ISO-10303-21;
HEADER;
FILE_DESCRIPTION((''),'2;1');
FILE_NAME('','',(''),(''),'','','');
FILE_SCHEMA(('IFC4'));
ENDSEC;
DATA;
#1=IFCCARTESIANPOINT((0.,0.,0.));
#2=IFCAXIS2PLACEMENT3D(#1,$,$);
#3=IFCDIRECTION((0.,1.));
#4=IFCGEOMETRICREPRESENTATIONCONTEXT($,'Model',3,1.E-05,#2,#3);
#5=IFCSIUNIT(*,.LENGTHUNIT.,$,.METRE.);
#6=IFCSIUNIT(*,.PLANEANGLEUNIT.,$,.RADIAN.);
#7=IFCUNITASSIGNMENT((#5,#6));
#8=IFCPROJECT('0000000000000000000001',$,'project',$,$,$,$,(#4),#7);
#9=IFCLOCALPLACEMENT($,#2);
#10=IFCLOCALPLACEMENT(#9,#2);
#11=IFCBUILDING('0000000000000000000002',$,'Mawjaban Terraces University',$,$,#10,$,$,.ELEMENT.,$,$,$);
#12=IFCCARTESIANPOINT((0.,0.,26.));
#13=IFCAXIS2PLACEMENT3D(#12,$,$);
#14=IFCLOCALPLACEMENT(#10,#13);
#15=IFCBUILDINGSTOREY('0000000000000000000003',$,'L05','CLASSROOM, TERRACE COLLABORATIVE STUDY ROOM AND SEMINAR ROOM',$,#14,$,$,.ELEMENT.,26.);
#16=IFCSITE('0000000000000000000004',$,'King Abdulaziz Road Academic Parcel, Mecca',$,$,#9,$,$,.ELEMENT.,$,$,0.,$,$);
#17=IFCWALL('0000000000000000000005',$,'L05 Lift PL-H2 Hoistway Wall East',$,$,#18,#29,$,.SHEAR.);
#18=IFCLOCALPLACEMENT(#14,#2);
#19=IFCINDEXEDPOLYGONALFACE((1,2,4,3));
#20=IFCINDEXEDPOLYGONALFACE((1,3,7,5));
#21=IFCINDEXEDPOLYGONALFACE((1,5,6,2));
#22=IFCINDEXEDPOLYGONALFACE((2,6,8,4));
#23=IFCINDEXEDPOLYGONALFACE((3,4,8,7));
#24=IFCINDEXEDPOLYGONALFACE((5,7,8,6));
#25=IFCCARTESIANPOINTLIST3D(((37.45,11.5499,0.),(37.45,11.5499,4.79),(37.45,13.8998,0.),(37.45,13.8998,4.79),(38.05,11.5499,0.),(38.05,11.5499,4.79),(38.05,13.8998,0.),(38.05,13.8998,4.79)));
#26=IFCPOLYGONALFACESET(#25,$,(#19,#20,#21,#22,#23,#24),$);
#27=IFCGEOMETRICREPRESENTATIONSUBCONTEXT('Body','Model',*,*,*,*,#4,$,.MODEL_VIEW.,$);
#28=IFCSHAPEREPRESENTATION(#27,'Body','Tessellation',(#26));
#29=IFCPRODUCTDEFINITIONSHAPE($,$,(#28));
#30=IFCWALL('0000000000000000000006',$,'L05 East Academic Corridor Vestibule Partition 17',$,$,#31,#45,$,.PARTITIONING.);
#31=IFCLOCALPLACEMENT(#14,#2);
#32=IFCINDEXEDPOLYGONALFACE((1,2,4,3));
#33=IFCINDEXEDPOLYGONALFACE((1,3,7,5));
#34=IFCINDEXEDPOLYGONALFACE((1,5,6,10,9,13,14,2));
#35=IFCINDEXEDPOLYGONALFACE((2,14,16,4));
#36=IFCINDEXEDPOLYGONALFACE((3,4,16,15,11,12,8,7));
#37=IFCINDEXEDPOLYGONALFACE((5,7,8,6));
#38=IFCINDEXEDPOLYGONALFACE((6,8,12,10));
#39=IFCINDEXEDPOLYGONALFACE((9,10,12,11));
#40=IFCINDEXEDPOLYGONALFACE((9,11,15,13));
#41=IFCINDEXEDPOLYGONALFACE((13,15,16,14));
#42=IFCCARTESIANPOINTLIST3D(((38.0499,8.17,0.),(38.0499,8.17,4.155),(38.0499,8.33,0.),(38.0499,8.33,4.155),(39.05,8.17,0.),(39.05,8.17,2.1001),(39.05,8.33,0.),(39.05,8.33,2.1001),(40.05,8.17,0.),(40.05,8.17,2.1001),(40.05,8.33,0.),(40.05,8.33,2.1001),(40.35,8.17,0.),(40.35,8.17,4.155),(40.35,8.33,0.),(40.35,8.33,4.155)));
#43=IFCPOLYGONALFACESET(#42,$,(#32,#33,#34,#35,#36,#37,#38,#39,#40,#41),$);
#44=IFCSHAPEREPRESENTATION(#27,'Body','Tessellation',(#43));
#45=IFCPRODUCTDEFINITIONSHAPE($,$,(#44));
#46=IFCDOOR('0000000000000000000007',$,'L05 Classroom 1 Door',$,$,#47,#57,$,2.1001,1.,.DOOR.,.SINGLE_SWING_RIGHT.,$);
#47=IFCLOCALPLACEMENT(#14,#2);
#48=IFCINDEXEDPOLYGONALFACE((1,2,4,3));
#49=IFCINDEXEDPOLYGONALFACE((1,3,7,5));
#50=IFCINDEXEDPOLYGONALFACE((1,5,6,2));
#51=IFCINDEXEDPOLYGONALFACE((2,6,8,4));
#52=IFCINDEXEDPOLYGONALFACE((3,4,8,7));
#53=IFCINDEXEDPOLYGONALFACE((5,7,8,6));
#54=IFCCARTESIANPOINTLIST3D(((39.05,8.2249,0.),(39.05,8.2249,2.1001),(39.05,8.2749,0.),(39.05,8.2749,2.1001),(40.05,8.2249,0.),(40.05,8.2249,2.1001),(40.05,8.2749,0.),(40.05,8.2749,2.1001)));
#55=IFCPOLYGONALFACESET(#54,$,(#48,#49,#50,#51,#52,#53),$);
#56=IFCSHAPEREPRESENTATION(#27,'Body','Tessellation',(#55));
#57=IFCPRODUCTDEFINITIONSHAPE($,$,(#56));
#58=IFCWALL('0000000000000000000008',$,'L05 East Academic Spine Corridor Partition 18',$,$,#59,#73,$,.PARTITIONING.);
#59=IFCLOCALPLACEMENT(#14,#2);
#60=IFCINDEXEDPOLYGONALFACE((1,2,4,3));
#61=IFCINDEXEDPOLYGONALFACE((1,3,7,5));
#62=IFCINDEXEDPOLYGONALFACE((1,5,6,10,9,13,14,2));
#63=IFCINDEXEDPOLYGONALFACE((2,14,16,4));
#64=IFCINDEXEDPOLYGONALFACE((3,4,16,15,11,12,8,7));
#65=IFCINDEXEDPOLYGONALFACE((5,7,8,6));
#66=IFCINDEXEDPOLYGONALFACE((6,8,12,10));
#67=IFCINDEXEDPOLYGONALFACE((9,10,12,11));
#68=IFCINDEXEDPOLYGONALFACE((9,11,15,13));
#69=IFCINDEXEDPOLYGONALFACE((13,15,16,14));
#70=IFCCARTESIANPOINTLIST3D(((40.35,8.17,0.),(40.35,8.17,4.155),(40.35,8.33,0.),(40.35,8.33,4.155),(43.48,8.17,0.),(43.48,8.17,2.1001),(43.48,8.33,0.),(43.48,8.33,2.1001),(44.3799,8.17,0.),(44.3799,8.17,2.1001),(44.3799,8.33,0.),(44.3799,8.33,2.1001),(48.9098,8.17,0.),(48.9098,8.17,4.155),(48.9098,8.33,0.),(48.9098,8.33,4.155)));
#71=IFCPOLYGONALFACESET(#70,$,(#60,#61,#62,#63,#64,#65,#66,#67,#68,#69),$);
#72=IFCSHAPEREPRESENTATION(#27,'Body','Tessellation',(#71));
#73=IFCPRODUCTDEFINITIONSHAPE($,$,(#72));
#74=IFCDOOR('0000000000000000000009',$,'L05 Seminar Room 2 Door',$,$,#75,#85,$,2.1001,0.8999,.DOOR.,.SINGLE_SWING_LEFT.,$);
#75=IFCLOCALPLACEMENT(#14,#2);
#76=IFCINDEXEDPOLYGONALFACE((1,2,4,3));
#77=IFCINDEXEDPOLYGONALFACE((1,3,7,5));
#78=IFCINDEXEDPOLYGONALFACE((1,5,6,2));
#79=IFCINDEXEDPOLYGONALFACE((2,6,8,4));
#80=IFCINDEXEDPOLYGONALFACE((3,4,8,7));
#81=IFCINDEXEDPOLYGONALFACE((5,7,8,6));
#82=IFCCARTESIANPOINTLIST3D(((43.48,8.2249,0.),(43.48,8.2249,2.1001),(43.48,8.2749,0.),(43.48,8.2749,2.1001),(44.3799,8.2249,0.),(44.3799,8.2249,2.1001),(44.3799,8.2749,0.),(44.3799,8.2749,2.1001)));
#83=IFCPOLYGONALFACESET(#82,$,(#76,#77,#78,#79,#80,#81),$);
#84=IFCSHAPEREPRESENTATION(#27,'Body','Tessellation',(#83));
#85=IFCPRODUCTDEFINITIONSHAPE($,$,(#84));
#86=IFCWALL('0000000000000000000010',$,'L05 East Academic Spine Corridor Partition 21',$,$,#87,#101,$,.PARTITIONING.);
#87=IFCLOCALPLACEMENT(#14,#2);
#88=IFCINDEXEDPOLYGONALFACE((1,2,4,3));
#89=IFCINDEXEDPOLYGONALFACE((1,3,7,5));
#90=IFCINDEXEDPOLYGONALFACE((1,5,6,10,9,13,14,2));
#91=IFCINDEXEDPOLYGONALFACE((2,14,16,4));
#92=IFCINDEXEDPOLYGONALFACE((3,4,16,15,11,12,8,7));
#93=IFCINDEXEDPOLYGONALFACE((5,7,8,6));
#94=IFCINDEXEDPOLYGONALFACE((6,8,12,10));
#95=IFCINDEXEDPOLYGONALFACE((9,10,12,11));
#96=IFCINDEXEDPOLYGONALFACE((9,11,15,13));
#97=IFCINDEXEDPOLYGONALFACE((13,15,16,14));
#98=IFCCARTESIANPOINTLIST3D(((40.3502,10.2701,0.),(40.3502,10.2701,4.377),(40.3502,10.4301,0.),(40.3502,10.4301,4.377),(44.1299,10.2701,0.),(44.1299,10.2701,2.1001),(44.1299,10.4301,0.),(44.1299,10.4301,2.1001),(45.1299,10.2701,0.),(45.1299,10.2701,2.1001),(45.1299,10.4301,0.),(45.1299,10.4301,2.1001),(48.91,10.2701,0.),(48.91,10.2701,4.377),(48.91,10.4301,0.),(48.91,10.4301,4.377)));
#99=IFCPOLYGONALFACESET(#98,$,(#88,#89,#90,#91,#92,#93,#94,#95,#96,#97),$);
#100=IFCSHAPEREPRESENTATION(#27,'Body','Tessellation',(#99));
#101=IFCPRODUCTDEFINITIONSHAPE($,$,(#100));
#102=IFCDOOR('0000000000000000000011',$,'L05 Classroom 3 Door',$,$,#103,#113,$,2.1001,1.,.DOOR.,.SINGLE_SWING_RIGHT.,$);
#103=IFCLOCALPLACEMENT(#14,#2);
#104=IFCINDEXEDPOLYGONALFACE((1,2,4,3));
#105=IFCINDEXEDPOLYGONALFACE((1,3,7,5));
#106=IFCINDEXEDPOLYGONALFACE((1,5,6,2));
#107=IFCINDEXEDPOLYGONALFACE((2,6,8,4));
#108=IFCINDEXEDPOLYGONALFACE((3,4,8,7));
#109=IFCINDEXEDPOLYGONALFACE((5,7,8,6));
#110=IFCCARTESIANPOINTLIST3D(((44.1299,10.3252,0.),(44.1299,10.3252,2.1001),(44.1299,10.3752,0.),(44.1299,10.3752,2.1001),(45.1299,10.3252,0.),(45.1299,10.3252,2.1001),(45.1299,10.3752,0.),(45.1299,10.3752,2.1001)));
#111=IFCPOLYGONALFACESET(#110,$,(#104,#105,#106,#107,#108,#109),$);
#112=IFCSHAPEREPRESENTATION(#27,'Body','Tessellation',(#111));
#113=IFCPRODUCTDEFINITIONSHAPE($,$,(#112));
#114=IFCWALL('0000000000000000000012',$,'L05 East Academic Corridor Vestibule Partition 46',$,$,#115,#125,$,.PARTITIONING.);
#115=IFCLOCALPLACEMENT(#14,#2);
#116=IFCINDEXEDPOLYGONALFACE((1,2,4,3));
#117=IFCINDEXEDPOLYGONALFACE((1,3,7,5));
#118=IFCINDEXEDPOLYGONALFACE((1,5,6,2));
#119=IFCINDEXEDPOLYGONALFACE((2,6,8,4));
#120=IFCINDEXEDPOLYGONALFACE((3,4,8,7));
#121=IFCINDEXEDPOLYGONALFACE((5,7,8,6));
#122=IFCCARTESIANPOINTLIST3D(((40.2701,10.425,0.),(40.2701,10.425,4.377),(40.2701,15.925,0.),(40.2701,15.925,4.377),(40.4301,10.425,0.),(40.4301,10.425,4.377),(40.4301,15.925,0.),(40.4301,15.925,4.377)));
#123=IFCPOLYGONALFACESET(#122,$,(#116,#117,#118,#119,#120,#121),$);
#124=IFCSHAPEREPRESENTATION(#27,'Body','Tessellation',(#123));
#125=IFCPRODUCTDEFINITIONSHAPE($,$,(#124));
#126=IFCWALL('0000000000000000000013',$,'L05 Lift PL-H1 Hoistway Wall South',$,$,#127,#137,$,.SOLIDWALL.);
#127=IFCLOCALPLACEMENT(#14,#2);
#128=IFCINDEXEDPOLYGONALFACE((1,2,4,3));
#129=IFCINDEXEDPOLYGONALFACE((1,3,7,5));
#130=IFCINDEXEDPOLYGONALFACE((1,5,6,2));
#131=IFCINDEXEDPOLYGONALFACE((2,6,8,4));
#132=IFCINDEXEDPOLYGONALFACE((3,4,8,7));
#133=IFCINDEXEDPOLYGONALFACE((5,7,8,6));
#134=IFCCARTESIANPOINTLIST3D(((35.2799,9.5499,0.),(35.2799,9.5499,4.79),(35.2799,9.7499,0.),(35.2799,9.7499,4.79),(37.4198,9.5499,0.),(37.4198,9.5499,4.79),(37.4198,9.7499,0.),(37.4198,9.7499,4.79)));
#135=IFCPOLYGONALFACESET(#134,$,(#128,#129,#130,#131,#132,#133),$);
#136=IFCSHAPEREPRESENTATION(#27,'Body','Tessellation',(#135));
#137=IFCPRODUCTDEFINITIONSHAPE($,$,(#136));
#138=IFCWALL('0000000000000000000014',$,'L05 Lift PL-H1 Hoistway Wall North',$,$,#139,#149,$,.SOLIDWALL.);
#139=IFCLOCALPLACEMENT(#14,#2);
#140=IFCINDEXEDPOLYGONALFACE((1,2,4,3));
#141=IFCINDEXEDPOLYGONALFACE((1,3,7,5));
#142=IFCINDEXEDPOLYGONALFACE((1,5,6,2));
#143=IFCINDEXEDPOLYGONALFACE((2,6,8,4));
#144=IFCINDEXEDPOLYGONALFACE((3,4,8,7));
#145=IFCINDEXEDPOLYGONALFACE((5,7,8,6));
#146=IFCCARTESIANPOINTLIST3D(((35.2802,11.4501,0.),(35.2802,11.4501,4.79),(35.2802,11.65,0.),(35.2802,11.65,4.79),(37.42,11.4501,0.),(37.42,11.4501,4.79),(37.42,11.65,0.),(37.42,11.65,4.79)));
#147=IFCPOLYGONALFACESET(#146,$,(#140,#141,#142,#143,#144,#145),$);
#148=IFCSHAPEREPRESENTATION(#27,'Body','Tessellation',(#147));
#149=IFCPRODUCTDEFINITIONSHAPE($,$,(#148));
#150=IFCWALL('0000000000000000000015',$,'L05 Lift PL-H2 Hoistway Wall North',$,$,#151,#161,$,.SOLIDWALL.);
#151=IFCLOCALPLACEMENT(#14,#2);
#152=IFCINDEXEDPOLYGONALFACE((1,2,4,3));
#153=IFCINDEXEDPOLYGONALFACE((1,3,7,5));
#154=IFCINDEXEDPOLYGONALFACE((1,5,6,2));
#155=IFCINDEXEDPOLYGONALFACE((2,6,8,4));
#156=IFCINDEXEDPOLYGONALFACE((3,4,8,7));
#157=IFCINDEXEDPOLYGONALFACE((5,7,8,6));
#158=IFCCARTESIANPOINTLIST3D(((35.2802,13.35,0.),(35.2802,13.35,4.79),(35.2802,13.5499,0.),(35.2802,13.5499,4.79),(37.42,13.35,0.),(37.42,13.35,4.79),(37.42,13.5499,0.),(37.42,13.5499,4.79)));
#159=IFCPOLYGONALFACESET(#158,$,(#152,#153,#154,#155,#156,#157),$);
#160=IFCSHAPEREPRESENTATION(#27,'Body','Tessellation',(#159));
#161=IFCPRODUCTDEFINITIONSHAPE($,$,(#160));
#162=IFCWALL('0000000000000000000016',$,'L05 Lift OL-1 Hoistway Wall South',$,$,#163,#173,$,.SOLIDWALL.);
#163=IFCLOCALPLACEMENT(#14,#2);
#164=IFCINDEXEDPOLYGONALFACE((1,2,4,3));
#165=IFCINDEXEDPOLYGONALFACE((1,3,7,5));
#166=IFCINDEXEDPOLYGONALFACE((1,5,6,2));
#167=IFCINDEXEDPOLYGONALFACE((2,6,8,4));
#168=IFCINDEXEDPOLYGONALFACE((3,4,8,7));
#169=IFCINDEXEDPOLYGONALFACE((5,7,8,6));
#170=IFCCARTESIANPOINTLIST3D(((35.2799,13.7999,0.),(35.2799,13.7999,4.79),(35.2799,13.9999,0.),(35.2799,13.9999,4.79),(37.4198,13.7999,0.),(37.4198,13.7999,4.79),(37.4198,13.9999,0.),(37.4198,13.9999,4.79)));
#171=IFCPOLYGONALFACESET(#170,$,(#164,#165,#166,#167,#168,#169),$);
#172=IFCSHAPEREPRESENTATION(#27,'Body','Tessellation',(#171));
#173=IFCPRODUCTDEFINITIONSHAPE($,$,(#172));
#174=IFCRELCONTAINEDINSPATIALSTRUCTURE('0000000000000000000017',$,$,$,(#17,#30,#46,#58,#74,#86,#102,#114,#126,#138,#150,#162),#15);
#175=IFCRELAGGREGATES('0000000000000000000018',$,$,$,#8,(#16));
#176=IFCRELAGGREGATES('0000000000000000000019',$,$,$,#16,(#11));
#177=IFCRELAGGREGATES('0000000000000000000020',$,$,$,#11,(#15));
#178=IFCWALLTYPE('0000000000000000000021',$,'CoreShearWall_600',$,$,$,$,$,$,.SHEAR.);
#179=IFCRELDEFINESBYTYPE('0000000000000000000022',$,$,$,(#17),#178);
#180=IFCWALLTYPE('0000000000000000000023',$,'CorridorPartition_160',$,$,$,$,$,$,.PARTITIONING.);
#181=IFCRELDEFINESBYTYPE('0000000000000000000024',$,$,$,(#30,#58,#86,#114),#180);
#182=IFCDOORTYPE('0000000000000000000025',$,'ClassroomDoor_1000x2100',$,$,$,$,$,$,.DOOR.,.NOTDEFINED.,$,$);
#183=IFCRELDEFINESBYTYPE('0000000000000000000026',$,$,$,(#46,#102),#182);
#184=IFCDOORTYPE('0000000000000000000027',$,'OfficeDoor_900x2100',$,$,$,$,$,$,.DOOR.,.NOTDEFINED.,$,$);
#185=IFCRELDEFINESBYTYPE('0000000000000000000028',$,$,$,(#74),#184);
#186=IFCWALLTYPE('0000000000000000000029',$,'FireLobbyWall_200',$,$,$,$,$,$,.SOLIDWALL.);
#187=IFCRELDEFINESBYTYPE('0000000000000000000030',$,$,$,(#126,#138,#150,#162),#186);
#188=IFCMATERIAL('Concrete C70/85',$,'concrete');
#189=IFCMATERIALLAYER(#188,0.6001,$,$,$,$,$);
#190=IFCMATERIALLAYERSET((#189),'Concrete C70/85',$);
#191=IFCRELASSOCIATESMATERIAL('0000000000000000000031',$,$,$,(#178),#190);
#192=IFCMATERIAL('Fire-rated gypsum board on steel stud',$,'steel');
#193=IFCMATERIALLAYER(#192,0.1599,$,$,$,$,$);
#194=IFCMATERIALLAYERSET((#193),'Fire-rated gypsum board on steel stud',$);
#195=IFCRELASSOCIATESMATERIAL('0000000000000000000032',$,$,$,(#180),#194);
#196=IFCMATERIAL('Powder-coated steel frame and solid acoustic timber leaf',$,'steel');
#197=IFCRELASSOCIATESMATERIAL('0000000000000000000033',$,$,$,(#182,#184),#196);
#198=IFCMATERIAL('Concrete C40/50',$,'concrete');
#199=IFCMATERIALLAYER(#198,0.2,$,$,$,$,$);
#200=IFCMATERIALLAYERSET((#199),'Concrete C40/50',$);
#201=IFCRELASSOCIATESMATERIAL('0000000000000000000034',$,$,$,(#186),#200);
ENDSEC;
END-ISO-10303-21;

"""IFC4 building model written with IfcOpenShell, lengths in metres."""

from ifc_helpers import new_model, si_unit, direction, frame, frame_2d, origin, place, context, subcontext, project, spatial, rectangle, extrude, material, layer, layer_set, type_object, element, fill, save


model = new_model("IFC4")

# Units and contexts
model_context = context("Model", 3, precision=1e-05, world=origin(), true_north=direction((0.0, 1.0)))
body_context = subcontext(model_context, "Body", "Model", "MODEL_VIEW")
ifc_project = project(units=[si_unit("LENGTHUNIT", "METRE"), si_unit("PLANEANGLEUNIT", "RADIAN")], contexts=[model_context])

# Site, building, storey
site_placement = place(None, origin())
site = spatial("IfcSite", under=ifc_project, at=site_placement, Name="King Abdulaziz Road Academic Parcel, Mecca", CompositionType="ELEMENT", RefElevation=0.0)
building_placement = place(site_placement, origin())
building = spatial("IfcBuilding", under=site, at=building_placement, Name="Mawjaban Terraces University", CompositionType="ELEMENT")
storey_placement = place(building_placement, frame((0.0, 0.0, 26.0)))
storey = spatial("IfcBuildingStorey", under=building, at=storey_placement, Name="L05", Description="CLASSROOM, TERRACE COLLABORATIVE STUDY ROOM AND SEMINAR ROOM", CompositionType="ELEMENT", Elevation=26.0)

# Wall
ifc_material_1 = material(Name="Concrete C70/85", Category="concrete")
ifc_layer_1 = layer(ifc_material_1, 0.6001)
ifc_layer_set_1 = layer_set([ifc_layer_1], Name="Concrete C70/85")
wall_type_1 = type_object("IfcWallType", Name="CoreShearWall_600", PredefinedType="SHEAR", material=ifc_layer_set_1)
wall_1_placement = place(storey_placement, frame((37.75, 11.55, 0.0), z_axis=(0.0, 0.0, 1.0), x_axis=(0.0, 1.0, 0.0)))
element("IfcWall", 1, at=wall_1_placement, inside=storey, type_object=wall_type_1, Name="L05 Lift PL-H2 Hoistway Wall East", PredefinedType="SHEAR", context=body_context, shape_type="SweptSolid", body=[
    extrude(rectangle(XDim=2.3499, YDim=0.6001, at=frame_2d((1.1748, 0.0))), origin(), (0.0, 0.0, 1.0), 4.79),
])

# Walls, openings, doors
ifc_material_2 = material(Name="Fire-rated gypsum board on steel stud", Category="steel")
ifc_layer_2 = layer(ifc_material_2, 0.1599)
ifc_layer_set_2 = layer_set([ifc_layer_2], Name="Fire-rated gypsum board on steel stud")
wall_type_2 = type_object("IfcWallType", Name="CorridorPartition_160", PredefinedType="PARTITIONING", material=ifc_layer_set_2)
wall_2_placement = place(storey_placement, frame((38.05, 8.25, 0.0), z_axis=(0.0, 0.0, 1.0), x_axis=(1.0, 0.0, 0.0)))
wall_2 = element("IfcWall", 2, at=wall_2_placement, inside=storey, type_object=wall_type_2, Name="L05 East Academic Corridor Vestibule Partition 17", PredefinedType="PARTITIONING", context=body_context, shape_type="SweptSolid", body=[
    extrude(rectangle(XDim=2.3, YDim=0.1599, at=frame_2d((1.1499, 0.0))), origin(), (0.0, 0.0, 1.0), 4.155),
])
opening_1_placement = place(wall_2_placement, frame((1.0, 0.0, 0.0)))
opening_1 = element("IfcOpeningElement", 3, at=opening_1_placement, cuts=wall_2, PredefinedType="OPENING", context=body_context, shape_type="SweptSolid", body=[
    extrude(rectangle(XDim=1.0, YDim=2.1001, at=frame_2d((0.5, 1.05))), frame((0.0, 0.0898, 0.0), z_axis=(0.0, -1.0, 0.0), x_axis=(1.0, 0.0, 0.0)), (0.0, 0.0, 1.0), 0.1799),
])
ifc_material_3 = material(Name="Powder-coated steel frame and solid acoustic timber leaf", Category="steel")
door_type_1 = type_object("IfcDoorType", Name="ClassroomDoor_1000x2100", OperationType="NOTDEFINED", PredefinedType="DOOR", material=ifc_material_3)
door_1_placement = place(opening_1_placement, origin())
door_1 = element("IfcDoor", 4, at=door_1_placement, inside=storey, type_object=door_type_1, Name="L05 Classroom 1 Door", OperationType="SINGLE_SWING_RIGHT", OverallHeight=2.1001, OverallWidth=1.0, PredefinedType="DOOR", context=body_context, shape_type="SweptSolid", body=[
    extrude(rectangle(XDim=1.0, YDim=2.1001, at=frame_2d((0.5, 1.05))), frame((0.0, 0.0249, 0.0), z_axis=(0.0, -1.0, 0.0), x_axis=(1.0, 0.0, 0.0)), (0.0, 0.0, 1.0), 0.05),
])
fill(opening_1, door_1)
wall_3_placement = place(storey_placement, frame((40.3501, 8.25, 0.0), z_axis=(0.0, 0.0, 1.0), x_axis=(1.0, 0.0, 0.0)))
wall_3 = element("IfcWall", 5, at=wall_3_placement, inside=storey, type_object=wall_type_2, Name="L05 East Academic Spine Corridor Partition 18", PredefinedType="PARTITIONING", context=body_context, shape_type="SweptSolid", body=[
    extrude(rectangle(XDim=8.5598, YDim=0.1599, at=frame_2d((4.2798, 0.0))), origin(), (0.0, 0.0, 1.0), 4.155),
])
opening_2_placement = place(wall_3_placement, frame((3.1299, 0.0, 0.0)))
opening_2 = element("IfcOpeningElement", 6, at=opening_2_placement, cuts=wall_3, PredefinedType="OPENING", context=body_context, shape_type="SweptSolid", body=[
    extrude(rectangle(XDim=0.8999, YDim=2.1001, at=frame_2d((0.45, 1.05))), frame((0.0, 0.0898, 0.0), z_axis=(0.0, -1.0, 0.0), x_axis=(1.0, 0.0, 0.0)), (0.0, 0.0, 1.0), 0.1799),
])
door_type_2 = type_object("IfcDoorType", Name="OfficeDoor_900x2100", OperationType="NOTDEFINED", PredefinedType="DOOR", material=ifc_material_3)
door_2_placement = place(opening_2_placement, origin())
door_2 = element("IfcDoor", 7, at=door_2_placement, inside=storey, type_object=door_type_2, Name="L05 Seminar Room 2 Door", OperationType="SINGLE_SWING_LEFT", OverallHeight=2.1001, OverallWidth=0.8999, PredefinedType="DOOR", context=body_context, shape_type="SweptSolid", body=[
    extrude(rectangle(XDim=0.8999, YDim=2.1001, at=frame_2d((0.45, 1.05))), frame((0.0, 0.0249, 0.0), z_axis=(0.0, -1.0, 0.0), x_axis=(1.0, 0.0, 0.0)), (0.0, 0.0, 1.0), 0.05),
])
fill(opening_2, door_2)
wall_4_placement = place(storey_placement, frame((48.9099, 10.3501, 0.0), z_axis=(0.0, 0.0, 1.0), x_axis=(-1.0, 0.0, 0.0)))
wall_4 = element("IfcWall", 8, at=wall_4_placement, inside=storey, type_object=wall_type_2, Name="L05 East Academic Spine Corridor Partition 21", PredefinedType="PARTITIONING", context=body_context, shape_type="SweptSolid", body=[
    extrude(rectangle(XDim=8.5598, YDim=0.1599, at=frame_2d((4.2798, 0.0))), origin(), (0.0, 0.0, 1.0), 4.377),
])
opening_3_placement = place(wall_4_placement, frame((3.78, 0.0, 0.0)))
opening_3 = element("IfcOpeningElement", 9, at=opening_3_placement, cuts=wall_4, PredefinedType="OPENING", context=body_context, shape_type="SweptSolid", body=[
    extrude(rectangle(XDim=1.0, YDim=2.1001, at=frame_2d((0.5, 1.05))), frame((0.0, 0.0898, 0.0), z_axis=(0.0, -1.0, 0.0), x_axis=(1.0, 0.0, 0.0)), (0.0, 0.0, 1.0), 0.1799),
])
door_3_placement = place(opening_3_placement, origin())
door_3 = element("IfcDoor", 10, at=door_3_placement, inside=storey, type_object=door_type_1, Name="L05 Classroom 3 Door", OperationType="SINGLE_SWING_RIGHT", OverallHeight=2.1001, OverallWidth=1.0, PredefinedType="DOOR", context=body_context, shape_type="SweptSolid", body=[
    extrude(rectangle(XDim=1.0, YDim=2.1001, at=frame_2d((0.5, 1.05))), frame((0.0, 0.0249, 0.0), z_axis=(0.0, -1.0, 0.0), x_axis=(1.0, 0.0, 0.0)), (0.0, 0.0, 1.0), 0.05),
])
fill(opening_3, door_3)

# Walls
wall_5_placement = place(storey_placement, frame((40.3501, 10.425, 0.0), z_axis=(0.0, 0.0, 1.0), x_axis=(0.0, 1.0, 0.0)))
element("IfcWall", 11, at=wall_5_placement, inside=storey, type_object=wall_type_2, Name="L05 East Academic Corridor Vestibule Partition 46", PredefinedType="PARTITIONING", context=body_context, shape_type="SweptSolid", body=[
    extrude(rectangle(XDim=5.5, YDim=0.1599, at=frame_2d((2.75, 0.0))), origin(), (0.0, 0.0, 1.0), 4.377),
])
ifc_material_4 = material(Name="Concrete C40/50", Category="concrete")
ifc_layer_3 = layer(ifc_material_4, 0.2)
ifc_layer_set_3 = layer_set([ifc_layer_3], Name="Concrete C40/50")
wall_type_3 = type_object("IfcWallType", Name="FireLobbyWall_200", PredefinedType="SOLIDWALL", material=ifc_layer_set_3)
for number, where, z_axis, x_axis, name in (
    (12, (35.28, 9.6499, 0.0), (0.0, 0.0, 1.0), (1.0, 0.0, 0.0), "L05 Lift PL-H1 Hoistway Wall South"),
    (13, (37.4199, 11.55, 0.0), (0.0, 0.0, 1.0), (-1.0, 0.0, 0.0), "L05 Lift PL-H1 Hoistway Wall North"),
    (14, (37.4199, 13.45, 0.0), (0.0, 0.0, 1.0), (-1.0, 0.0, 0.0), "L05 Lift PL-H2 Hoistway Wall North"),
    (15, (35.28, 13.8999, 0.0), (0.0, 0.0, 1.0), (1.0, 0.0, 0.0), "L05 Lift OL-1 Hoistway Wall South"),
):
    element("IfcWall", number, at=place(storey_placement, frame(where, z_axis=z_axis, x_axis=x_axis)), inside=storey, type_object=wall_type_3, Name=name, PredefinedType="SOLIDWALL", context=body_context, shape_type="SweptSolid", body=[
        extrude(rectangle(XDim=2.1399, YDim=0.2, at=frame_2d((1.0698, 0.0))), origin(), (0.0, 0.0, 1.0), 4.79),
    ])

save(model, "model.ifc")
